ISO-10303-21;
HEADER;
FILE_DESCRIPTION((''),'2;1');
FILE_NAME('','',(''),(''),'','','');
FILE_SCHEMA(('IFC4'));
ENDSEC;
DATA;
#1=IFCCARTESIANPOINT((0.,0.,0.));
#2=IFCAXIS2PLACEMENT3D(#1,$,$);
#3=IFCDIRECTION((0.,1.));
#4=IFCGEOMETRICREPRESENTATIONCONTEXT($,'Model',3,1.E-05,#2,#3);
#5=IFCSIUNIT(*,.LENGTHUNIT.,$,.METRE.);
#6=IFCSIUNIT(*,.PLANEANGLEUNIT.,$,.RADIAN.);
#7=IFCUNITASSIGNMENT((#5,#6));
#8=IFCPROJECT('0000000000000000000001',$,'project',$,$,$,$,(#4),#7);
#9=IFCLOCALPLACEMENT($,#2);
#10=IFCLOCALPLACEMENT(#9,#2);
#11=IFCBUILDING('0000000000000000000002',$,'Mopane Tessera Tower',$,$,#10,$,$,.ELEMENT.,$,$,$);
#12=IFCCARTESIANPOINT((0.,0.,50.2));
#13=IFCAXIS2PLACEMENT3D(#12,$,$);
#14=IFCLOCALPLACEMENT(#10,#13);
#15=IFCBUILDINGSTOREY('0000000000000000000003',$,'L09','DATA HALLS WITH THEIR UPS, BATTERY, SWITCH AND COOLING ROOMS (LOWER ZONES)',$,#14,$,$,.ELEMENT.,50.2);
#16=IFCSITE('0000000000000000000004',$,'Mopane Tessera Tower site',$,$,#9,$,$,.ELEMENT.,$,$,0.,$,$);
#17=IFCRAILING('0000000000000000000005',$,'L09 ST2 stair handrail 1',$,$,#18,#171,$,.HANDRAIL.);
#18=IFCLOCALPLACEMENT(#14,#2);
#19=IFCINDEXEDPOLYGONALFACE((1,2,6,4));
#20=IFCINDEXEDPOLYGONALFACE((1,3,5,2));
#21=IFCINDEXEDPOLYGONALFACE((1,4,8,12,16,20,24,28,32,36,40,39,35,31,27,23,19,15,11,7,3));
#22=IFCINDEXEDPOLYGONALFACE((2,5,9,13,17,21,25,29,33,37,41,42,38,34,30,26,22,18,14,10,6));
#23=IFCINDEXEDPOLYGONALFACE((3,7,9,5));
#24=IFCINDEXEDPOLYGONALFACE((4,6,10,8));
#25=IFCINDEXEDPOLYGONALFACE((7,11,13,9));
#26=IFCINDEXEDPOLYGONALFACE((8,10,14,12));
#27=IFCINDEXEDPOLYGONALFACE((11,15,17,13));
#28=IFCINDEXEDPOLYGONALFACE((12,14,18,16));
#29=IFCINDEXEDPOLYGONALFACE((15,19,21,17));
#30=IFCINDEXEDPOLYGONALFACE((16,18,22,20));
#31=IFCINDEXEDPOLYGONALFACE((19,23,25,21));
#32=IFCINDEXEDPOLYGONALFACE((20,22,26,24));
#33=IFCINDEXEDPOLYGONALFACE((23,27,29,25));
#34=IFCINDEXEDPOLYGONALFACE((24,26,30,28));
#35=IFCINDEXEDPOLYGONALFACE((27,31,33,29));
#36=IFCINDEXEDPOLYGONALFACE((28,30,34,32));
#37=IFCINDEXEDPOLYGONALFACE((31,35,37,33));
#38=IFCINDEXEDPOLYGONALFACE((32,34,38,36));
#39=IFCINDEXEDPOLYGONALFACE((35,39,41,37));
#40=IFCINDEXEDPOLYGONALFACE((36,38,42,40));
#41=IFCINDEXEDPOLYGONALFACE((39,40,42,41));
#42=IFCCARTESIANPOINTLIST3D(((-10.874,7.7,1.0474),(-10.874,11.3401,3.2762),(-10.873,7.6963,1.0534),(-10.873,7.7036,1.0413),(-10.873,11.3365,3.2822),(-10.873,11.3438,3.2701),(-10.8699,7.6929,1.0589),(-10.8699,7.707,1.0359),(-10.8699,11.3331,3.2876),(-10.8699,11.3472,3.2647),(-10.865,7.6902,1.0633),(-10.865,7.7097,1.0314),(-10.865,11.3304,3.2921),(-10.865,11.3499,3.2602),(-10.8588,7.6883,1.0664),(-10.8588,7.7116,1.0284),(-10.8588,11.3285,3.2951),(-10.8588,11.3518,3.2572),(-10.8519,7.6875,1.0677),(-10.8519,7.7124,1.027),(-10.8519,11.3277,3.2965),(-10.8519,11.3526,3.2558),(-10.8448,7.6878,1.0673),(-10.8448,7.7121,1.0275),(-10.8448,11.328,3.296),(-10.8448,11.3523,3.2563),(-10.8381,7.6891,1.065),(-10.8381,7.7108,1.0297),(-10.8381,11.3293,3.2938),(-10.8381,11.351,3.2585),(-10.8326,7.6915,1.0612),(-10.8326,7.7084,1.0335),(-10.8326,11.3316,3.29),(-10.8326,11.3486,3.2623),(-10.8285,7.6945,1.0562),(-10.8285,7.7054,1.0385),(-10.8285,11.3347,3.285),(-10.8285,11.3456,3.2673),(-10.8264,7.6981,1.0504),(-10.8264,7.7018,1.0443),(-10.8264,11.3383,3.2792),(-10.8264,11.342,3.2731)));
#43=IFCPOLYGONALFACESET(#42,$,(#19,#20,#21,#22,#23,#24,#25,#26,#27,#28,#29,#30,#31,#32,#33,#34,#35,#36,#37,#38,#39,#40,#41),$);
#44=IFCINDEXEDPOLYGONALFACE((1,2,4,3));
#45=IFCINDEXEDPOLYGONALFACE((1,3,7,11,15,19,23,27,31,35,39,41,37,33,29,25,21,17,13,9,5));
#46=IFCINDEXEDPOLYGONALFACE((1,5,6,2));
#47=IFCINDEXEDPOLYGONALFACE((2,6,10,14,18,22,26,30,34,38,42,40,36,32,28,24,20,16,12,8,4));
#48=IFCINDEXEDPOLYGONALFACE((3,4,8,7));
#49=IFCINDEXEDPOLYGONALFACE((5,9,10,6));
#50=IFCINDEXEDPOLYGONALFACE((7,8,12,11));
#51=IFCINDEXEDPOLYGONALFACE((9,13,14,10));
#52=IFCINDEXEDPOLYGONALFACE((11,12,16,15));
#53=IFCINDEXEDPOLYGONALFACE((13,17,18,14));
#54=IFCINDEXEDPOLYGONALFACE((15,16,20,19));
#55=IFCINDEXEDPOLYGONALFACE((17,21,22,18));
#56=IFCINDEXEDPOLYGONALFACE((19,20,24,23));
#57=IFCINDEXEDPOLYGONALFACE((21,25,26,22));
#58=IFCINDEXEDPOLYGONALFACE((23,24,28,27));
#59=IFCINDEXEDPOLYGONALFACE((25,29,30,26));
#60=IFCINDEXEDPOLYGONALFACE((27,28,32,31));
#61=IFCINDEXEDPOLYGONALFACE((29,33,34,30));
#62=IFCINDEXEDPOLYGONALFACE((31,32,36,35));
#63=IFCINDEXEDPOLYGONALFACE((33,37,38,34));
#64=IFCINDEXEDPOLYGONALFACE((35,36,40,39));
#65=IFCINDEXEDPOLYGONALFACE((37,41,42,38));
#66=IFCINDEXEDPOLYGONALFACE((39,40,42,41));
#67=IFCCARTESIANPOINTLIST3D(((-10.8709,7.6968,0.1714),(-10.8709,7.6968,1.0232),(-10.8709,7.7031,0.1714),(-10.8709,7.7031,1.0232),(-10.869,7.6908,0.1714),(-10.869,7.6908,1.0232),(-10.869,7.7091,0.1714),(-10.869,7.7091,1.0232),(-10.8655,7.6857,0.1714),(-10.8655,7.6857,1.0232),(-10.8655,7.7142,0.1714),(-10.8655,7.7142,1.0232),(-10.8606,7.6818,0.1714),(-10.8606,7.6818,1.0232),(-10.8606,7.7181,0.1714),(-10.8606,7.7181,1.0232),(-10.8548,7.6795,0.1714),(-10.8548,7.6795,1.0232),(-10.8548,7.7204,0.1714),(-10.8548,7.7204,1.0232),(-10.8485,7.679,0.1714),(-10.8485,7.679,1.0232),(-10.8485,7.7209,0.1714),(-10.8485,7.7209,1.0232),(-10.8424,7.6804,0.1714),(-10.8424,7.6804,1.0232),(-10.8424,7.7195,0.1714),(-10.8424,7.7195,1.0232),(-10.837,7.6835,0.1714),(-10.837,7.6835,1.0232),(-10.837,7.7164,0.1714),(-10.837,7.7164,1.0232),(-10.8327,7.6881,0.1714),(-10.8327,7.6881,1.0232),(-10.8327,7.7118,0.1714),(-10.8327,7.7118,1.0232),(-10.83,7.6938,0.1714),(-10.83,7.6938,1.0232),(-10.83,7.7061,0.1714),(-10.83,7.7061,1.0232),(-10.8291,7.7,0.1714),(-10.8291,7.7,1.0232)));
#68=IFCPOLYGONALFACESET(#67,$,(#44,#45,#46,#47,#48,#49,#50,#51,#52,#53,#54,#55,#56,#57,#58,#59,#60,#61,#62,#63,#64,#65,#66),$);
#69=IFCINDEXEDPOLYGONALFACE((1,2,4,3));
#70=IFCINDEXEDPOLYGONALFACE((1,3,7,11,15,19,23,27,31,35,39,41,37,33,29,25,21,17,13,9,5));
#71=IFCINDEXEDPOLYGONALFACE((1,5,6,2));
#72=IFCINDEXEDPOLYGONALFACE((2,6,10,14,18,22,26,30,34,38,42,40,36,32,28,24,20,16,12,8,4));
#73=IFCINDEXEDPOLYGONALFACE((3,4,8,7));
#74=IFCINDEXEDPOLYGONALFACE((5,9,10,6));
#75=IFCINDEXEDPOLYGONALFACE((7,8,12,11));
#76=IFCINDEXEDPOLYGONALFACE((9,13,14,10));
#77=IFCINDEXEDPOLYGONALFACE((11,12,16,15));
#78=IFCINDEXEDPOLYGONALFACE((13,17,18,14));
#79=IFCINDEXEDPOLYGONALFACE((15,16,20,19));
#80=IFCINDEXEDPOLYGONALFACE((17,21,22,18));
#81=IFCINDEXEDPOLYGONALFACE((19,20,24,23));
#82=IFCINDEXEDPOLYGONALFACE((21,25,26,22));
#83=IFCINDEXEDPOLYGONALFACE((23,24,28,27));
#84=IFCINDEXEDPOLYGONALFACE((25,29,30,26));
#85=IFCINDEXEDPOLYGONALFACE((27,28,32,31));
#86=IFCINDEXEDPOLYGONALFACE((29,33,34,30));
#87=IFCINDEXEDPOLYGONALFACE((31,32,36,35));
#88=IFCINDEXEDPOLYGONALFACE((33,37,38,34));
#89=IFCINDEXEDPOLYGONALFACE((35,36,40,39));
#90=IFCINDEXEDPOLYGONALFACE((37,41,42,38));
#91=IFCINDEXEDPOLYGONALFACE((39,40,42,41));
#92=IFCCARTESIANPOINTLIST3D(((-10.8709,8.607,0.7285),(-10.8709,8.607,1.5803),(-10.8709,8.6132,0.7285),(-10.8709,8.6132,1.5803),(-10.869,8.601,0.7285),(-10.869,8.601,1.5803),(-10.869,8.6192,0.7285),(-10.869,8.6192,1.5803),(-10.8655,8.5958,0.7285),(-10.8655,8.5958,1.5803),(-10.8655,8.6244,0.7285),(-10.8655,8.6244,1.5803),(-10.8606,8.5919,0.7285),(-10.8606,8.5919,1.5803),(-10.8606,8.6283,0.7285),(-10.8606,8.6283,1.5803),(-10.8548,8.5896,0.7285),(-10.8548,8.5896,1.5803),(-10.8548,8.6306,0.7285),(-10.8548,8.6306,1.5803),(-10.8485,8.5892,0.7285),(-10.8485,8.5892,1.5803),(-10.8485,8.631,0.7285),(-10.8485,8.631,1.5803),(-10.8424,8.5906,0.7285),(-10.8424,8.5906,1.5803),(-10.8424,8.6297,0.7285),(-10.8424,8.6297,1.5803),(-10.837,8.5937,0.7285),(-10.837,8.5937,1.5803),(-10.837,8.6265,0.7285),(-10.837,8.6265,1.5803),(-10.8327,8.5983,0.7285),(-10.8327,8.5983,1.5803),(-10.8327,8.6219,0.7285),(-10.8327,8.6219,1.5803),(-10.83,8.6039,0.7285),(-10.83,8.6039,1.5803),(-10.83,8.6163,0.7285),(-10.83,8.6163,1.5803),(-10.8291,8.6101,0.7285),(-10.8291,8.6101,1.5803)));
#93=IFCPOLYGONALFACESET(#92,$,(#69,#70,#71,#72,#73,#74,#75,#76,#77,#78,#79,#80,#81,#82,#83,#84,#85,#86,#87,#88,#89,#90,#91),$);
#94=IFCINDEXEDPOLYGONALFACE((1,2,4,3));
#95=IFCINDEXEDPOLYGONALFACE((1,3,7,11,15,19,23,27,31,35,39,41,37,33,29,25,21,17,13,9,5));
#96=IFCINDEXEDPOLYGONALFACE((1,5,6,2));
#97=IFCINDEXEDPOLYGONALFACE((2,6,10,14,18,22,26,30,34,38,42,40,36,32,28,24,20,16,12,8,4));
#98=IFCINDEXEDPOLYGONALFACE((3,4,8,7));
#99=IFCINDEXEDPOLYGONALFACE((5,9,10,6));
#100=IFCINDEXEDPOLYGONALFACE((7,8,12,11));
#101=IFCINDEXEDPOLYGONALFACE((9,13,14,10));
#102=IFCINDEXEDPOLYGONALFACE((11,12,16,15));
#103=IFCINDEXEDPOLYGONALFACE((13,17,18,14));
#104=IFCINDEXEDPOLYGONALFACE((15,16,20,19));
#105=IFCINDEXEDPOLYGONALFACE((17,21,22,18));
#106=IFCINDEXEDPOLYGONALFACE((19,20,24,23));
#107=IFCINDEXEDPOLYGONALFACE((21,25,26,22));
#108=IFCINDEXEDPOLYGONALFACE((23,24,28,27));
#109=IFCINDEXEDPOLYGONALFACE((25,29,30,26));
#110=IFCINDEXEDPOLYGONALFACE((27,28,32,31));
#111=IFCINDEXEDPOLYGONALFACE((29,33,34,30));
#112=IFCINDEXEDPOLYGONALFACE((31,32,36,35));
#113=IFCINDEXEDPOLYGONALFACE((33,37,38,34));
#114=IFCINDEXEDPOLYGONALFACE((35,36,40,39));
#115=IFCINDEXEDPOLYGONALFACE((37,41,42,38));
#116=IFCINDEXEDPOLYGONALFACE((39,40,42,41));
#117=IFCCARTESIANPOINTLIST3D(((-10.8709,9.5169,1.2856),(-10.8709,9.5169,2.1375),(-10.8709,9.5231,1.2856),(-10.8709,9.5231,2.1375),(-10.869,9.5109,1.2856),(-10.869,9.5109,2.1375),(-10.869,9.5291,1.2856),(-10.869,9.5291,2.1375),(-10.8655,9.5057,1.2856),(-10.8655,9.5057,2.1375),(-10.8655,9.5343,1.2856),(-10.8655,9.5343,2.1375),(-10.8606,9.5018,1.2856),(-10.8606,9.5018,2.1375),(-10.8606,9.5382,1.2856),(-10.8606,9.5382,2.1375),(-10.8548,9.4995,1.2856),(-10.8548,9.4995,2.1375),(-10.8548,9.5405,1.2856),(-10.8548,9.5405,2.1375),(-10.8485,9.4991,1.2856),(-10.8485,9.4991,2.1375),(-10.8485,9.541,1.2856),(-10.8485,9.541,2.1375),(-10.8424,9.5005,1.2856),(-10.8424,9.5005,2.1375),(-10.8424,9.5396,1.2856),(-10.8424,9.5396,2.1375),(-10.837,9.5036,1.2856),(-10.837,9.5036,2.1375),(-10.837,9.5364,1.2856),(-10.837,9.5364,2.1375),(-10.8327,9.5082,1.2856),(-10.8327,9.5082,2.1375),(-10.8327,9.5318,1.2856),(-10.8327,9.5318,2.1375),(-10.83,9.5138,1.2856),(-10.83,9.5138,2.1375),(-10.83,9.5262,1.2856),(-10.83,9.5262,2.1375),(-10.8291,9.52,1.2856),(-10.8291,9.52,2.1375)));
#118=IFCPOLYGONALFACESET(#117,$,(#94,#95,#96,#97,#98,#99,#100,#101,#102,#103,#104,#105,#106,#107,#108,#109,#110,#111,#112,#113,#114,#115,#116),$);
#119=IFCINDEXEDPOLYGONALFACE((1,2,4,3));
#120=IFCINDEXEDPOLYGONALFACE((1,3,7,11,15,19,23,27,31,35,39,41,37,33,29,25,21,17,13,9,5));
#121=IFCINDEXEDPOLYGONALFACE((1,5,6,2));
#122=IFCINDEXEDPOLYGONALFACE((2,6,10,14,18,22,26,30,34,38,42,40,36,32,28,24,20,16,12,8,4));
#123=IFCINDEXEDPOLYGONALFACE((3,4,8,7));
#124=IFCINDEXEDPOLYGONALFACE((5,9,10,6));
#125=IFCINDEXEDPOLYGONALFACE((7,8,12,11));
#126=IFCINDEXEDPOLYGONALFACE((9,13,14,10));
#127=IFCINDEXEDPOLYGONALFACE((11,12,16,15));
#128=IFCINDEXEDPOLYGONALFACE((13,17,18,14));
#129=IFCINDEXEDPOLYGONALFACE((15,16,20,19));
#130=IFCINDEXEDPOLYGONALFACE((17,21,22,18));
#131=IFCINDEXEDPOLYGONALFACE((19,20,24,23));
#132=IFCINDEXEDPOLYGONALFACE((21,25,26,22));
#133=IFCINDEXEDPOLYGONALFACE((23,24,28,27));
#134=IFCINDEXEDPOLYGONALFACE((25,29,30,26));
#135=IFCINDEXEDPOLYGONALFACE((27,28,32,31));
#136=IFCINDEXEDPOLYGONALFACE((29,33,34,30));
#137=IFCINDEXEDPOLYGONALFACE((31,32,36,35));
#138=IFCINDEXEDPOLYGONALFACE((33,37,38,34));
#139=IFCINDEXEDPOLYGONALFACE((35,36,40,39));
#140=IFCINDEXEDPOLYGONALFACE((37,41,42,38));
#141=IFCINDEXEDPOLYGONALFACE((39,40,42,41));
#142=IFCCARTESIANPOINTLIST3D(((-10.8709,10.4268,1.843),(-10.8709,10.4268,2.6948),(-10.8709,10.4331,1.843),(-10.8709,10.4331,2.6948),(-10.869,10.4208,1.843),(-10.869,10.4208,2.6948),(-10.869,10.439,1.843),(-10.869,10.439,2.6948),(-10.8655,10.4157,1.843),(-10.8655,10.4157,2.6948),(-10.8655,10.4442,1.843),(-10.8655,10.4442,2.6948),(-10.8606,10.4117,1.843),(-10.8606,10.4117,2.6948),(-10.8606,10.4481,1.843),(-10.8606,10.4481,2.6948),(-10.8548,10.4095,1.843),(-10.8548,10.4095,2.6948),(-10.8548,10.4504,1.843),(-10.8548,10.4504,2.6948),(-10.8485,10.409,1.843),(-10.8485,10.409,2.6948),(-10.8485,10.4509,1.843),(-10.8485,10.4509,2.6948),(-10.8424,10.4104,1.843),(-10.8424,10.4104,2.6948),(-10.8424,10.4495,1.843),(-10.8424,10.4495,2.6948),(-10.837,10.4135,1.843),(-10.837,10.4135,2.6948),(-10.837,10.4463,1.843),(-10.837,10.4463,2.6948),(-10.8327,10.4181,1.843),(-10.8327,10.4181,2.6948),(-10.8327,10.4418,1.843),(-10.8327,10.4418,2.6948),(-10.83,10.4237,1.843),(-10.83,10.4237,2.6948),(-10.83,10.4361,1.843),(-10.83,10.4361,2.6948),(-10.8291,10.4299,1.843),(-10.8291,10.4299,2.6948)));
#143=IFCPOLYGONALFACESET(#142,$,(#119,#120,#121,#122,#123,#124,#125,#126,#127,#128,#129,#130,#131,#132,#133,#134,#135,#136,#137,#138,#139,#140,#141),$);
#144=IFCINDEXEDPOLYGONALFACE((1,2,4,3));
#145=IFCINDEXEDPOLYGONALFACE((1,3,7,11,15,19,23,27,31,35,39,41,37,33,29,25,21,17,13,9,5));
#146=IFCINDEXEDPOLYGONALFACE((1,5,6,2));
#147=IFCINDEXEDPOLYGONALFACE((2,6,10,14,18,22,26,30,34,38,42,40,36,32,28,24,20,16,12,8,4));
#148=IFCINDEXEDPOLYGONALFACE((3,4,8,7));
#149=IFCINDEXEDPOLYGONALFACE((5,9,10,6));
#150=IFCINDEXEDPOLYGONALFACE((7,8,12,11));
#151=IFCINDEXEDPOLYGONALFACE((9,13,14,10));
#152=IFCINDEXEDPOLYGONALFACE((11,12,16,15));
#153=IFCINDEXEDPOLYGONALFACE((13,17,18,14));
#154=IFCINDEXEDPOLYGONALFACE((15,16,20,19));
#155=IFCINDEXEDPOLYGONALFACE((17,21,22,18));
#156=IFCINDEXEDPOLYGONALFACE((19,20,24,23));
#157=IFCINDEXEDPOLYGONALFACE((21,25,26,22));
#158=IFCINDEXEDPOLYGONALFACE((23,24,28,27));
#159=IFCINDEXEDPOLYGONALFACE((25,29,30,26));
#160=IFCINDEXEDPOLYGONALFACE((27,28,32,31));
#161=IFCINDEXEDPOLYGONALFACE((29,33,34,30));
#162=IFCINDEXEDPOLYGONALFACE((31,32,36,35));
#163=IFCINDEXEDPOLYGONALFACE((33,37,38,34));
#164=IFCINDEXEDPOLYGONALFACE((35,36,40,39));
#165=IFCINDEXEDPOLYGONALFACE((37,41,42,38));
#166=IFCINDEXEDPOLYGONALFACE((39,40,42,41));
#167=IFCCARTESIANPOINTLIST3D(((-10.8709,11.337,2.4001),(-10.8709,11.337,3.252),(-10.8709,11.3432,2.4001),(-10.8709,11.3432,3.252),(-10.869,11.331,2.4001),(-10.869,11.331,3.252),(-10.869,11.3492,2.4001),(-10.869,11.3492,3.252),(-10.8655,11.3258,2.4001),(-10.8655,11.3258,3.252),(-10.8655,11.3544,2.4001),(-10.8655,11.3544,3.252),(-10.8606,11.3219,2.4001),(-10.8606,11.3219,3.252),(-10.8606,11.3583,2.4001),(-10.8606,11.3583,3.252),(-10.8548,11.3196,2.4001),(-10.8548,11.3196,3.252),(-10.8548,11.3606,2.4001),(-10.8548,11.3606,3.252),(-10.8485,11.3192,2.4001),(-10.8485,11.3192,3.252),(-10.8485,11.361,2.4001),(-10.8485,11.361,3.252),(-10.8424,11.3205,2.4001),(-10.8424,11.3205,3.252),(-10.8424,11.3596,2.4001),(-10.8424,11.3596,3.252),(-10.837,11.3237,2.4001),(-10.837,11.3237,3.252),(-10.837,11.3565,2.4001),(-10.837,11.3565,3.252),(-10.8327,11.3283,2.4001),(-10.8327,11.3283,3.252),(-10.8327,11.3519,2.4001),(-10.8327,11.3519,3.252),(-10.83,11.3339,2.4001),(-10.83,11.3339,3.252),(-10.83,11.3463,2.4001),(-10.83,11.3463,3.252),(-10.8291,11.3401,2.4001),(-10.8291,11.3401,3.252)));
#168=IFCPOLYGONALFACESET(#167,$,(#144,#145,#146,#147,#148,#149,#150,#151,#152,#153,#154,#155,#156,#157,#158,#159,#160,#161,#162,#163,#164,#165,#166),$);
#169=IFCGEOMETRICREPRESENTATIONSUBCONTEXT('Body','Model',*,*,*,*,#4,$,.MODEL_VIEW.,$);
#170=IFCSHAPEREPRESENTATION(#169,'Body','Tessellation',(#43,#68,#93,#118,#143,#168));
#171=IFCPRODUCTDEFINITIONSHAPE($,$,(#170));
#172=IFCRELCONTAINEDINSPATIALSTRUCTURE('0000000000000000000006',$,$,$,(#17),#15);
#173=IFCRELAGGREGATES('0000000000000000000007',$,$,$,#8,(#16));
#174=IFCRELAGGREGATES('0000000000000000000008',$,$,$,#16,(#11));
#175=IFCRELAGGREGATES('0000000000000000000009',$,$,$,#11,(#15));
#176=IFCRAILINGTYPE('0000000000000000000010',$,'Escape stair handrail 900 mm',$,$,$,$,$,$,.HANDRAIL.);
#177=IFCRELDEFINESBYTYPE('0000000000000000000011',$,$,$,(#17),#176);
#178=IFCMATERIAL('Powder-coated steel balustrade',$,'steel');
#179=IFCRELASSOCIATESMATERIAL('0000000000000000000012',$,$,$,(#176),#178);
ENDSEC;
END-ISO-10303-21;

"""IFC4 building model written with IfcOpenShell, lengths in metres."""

from ifc_helpers import new_model, si_unit, direction, frame, origin, origin_2d, place, context, subcontext, project, spatial, circle, extrude, material, type_object, element, save


model = new_model("IFC4")

# Units and contexts
model_context = context("Model", 3, precision=1e-05, world=origin(), true_north=direction((0.0, 1.0)))
body_context = subcontext(model_context, "Body", "Model", "MODEL_VIEW")
ifc_project = project(units=[si_unit("LENGTHUNIT", "METRE"), si_unit("PLANEANGLEUNIT", "RADIAN")], contexts=[model_context])

# Site, building, storey
site_placement = place(None, origin())
site = spatial("IfcSite", under=ifc_project, at=site_placement, Name="Mopane Tessera Tower site", CompositionType="ELEMENT", RefElevation=0.0)
building_placement = place(site_placement, origin())
building = spatial("IfcBuilding", under=site, at=building_placement, Name="Mopane Tessera Tower", CompositionType="ELEMENT")
storey_placement = place(building_placement, frame((0.0, 0.0, 50.2)))
storey = spatial("IfcBuildingStorey", under=building, at=storey_placement, Name="L09", Description="DATA HALLS WITH THEIR UPS, BATTERY, SWITCH AND COOLING ROOMS (LOWER ZONES)", CompositionType="ELEMENT", Elevation=50.2)

# Railing
ifc_material_1 = material(Name="Powder-coated steel balustrade", Category="steel")
railing_type_1 = type_object("IfcRailingType", Name="Escape stair handrail 900 mm", PredefinedType="HANDRAIL", material=ifc_material_1)
railing_1_placement = place(storey_placement, frame((-10.8501, 7.7, 0.1714)))
element("IfcRailing", 1, at=railing_1_placement, inside=storey, type_object=railing_type_1, Name="L09 ST2 stair handrail 1", PredefinedType="HANDRAIL", context=body_context, shape_type="SweptSolid", body=[
    extrude(circle(Radius=0.0239, at=origin_2d()), frame((0.0, 0.0, 0.876), z_axis=(0.0, 0.85284, 0.522172), x_axis=(-1.0, 0.0, 0.0)), (0.0, 0.0, 1.0), 4.2683),
    extrude(circle(Radius=0.021, at=origin_2d()), origin(), (0.0, 0.0, 1.0), 0.8518),
    extrude(circle(Radius=0.021, at=origin_2d()), frame((0.0, 0.9102, 0.5571)), (0.0, 0.0, 1.0), 0.8518),
    extrude(circle(Radius=0.021, at=origin_2d()), frame((0.0, 1.8201, 1.1143)), (0.0, 0.0, 1.0), 0.8518),
    extrude(circle(Radius=0.021, at=origin_2d()), frame((0.0, 2.73, 1.6716)), (0.0, 0.0, 1.0), 0.8518),
    extrude(circle(Radius=0.021, at=origin_2d()), frame((0.0, 3.6401, 2.2288)), (0.0, 0.0, 1.0), 0.8518),
])

save(model, "model.ifc")
